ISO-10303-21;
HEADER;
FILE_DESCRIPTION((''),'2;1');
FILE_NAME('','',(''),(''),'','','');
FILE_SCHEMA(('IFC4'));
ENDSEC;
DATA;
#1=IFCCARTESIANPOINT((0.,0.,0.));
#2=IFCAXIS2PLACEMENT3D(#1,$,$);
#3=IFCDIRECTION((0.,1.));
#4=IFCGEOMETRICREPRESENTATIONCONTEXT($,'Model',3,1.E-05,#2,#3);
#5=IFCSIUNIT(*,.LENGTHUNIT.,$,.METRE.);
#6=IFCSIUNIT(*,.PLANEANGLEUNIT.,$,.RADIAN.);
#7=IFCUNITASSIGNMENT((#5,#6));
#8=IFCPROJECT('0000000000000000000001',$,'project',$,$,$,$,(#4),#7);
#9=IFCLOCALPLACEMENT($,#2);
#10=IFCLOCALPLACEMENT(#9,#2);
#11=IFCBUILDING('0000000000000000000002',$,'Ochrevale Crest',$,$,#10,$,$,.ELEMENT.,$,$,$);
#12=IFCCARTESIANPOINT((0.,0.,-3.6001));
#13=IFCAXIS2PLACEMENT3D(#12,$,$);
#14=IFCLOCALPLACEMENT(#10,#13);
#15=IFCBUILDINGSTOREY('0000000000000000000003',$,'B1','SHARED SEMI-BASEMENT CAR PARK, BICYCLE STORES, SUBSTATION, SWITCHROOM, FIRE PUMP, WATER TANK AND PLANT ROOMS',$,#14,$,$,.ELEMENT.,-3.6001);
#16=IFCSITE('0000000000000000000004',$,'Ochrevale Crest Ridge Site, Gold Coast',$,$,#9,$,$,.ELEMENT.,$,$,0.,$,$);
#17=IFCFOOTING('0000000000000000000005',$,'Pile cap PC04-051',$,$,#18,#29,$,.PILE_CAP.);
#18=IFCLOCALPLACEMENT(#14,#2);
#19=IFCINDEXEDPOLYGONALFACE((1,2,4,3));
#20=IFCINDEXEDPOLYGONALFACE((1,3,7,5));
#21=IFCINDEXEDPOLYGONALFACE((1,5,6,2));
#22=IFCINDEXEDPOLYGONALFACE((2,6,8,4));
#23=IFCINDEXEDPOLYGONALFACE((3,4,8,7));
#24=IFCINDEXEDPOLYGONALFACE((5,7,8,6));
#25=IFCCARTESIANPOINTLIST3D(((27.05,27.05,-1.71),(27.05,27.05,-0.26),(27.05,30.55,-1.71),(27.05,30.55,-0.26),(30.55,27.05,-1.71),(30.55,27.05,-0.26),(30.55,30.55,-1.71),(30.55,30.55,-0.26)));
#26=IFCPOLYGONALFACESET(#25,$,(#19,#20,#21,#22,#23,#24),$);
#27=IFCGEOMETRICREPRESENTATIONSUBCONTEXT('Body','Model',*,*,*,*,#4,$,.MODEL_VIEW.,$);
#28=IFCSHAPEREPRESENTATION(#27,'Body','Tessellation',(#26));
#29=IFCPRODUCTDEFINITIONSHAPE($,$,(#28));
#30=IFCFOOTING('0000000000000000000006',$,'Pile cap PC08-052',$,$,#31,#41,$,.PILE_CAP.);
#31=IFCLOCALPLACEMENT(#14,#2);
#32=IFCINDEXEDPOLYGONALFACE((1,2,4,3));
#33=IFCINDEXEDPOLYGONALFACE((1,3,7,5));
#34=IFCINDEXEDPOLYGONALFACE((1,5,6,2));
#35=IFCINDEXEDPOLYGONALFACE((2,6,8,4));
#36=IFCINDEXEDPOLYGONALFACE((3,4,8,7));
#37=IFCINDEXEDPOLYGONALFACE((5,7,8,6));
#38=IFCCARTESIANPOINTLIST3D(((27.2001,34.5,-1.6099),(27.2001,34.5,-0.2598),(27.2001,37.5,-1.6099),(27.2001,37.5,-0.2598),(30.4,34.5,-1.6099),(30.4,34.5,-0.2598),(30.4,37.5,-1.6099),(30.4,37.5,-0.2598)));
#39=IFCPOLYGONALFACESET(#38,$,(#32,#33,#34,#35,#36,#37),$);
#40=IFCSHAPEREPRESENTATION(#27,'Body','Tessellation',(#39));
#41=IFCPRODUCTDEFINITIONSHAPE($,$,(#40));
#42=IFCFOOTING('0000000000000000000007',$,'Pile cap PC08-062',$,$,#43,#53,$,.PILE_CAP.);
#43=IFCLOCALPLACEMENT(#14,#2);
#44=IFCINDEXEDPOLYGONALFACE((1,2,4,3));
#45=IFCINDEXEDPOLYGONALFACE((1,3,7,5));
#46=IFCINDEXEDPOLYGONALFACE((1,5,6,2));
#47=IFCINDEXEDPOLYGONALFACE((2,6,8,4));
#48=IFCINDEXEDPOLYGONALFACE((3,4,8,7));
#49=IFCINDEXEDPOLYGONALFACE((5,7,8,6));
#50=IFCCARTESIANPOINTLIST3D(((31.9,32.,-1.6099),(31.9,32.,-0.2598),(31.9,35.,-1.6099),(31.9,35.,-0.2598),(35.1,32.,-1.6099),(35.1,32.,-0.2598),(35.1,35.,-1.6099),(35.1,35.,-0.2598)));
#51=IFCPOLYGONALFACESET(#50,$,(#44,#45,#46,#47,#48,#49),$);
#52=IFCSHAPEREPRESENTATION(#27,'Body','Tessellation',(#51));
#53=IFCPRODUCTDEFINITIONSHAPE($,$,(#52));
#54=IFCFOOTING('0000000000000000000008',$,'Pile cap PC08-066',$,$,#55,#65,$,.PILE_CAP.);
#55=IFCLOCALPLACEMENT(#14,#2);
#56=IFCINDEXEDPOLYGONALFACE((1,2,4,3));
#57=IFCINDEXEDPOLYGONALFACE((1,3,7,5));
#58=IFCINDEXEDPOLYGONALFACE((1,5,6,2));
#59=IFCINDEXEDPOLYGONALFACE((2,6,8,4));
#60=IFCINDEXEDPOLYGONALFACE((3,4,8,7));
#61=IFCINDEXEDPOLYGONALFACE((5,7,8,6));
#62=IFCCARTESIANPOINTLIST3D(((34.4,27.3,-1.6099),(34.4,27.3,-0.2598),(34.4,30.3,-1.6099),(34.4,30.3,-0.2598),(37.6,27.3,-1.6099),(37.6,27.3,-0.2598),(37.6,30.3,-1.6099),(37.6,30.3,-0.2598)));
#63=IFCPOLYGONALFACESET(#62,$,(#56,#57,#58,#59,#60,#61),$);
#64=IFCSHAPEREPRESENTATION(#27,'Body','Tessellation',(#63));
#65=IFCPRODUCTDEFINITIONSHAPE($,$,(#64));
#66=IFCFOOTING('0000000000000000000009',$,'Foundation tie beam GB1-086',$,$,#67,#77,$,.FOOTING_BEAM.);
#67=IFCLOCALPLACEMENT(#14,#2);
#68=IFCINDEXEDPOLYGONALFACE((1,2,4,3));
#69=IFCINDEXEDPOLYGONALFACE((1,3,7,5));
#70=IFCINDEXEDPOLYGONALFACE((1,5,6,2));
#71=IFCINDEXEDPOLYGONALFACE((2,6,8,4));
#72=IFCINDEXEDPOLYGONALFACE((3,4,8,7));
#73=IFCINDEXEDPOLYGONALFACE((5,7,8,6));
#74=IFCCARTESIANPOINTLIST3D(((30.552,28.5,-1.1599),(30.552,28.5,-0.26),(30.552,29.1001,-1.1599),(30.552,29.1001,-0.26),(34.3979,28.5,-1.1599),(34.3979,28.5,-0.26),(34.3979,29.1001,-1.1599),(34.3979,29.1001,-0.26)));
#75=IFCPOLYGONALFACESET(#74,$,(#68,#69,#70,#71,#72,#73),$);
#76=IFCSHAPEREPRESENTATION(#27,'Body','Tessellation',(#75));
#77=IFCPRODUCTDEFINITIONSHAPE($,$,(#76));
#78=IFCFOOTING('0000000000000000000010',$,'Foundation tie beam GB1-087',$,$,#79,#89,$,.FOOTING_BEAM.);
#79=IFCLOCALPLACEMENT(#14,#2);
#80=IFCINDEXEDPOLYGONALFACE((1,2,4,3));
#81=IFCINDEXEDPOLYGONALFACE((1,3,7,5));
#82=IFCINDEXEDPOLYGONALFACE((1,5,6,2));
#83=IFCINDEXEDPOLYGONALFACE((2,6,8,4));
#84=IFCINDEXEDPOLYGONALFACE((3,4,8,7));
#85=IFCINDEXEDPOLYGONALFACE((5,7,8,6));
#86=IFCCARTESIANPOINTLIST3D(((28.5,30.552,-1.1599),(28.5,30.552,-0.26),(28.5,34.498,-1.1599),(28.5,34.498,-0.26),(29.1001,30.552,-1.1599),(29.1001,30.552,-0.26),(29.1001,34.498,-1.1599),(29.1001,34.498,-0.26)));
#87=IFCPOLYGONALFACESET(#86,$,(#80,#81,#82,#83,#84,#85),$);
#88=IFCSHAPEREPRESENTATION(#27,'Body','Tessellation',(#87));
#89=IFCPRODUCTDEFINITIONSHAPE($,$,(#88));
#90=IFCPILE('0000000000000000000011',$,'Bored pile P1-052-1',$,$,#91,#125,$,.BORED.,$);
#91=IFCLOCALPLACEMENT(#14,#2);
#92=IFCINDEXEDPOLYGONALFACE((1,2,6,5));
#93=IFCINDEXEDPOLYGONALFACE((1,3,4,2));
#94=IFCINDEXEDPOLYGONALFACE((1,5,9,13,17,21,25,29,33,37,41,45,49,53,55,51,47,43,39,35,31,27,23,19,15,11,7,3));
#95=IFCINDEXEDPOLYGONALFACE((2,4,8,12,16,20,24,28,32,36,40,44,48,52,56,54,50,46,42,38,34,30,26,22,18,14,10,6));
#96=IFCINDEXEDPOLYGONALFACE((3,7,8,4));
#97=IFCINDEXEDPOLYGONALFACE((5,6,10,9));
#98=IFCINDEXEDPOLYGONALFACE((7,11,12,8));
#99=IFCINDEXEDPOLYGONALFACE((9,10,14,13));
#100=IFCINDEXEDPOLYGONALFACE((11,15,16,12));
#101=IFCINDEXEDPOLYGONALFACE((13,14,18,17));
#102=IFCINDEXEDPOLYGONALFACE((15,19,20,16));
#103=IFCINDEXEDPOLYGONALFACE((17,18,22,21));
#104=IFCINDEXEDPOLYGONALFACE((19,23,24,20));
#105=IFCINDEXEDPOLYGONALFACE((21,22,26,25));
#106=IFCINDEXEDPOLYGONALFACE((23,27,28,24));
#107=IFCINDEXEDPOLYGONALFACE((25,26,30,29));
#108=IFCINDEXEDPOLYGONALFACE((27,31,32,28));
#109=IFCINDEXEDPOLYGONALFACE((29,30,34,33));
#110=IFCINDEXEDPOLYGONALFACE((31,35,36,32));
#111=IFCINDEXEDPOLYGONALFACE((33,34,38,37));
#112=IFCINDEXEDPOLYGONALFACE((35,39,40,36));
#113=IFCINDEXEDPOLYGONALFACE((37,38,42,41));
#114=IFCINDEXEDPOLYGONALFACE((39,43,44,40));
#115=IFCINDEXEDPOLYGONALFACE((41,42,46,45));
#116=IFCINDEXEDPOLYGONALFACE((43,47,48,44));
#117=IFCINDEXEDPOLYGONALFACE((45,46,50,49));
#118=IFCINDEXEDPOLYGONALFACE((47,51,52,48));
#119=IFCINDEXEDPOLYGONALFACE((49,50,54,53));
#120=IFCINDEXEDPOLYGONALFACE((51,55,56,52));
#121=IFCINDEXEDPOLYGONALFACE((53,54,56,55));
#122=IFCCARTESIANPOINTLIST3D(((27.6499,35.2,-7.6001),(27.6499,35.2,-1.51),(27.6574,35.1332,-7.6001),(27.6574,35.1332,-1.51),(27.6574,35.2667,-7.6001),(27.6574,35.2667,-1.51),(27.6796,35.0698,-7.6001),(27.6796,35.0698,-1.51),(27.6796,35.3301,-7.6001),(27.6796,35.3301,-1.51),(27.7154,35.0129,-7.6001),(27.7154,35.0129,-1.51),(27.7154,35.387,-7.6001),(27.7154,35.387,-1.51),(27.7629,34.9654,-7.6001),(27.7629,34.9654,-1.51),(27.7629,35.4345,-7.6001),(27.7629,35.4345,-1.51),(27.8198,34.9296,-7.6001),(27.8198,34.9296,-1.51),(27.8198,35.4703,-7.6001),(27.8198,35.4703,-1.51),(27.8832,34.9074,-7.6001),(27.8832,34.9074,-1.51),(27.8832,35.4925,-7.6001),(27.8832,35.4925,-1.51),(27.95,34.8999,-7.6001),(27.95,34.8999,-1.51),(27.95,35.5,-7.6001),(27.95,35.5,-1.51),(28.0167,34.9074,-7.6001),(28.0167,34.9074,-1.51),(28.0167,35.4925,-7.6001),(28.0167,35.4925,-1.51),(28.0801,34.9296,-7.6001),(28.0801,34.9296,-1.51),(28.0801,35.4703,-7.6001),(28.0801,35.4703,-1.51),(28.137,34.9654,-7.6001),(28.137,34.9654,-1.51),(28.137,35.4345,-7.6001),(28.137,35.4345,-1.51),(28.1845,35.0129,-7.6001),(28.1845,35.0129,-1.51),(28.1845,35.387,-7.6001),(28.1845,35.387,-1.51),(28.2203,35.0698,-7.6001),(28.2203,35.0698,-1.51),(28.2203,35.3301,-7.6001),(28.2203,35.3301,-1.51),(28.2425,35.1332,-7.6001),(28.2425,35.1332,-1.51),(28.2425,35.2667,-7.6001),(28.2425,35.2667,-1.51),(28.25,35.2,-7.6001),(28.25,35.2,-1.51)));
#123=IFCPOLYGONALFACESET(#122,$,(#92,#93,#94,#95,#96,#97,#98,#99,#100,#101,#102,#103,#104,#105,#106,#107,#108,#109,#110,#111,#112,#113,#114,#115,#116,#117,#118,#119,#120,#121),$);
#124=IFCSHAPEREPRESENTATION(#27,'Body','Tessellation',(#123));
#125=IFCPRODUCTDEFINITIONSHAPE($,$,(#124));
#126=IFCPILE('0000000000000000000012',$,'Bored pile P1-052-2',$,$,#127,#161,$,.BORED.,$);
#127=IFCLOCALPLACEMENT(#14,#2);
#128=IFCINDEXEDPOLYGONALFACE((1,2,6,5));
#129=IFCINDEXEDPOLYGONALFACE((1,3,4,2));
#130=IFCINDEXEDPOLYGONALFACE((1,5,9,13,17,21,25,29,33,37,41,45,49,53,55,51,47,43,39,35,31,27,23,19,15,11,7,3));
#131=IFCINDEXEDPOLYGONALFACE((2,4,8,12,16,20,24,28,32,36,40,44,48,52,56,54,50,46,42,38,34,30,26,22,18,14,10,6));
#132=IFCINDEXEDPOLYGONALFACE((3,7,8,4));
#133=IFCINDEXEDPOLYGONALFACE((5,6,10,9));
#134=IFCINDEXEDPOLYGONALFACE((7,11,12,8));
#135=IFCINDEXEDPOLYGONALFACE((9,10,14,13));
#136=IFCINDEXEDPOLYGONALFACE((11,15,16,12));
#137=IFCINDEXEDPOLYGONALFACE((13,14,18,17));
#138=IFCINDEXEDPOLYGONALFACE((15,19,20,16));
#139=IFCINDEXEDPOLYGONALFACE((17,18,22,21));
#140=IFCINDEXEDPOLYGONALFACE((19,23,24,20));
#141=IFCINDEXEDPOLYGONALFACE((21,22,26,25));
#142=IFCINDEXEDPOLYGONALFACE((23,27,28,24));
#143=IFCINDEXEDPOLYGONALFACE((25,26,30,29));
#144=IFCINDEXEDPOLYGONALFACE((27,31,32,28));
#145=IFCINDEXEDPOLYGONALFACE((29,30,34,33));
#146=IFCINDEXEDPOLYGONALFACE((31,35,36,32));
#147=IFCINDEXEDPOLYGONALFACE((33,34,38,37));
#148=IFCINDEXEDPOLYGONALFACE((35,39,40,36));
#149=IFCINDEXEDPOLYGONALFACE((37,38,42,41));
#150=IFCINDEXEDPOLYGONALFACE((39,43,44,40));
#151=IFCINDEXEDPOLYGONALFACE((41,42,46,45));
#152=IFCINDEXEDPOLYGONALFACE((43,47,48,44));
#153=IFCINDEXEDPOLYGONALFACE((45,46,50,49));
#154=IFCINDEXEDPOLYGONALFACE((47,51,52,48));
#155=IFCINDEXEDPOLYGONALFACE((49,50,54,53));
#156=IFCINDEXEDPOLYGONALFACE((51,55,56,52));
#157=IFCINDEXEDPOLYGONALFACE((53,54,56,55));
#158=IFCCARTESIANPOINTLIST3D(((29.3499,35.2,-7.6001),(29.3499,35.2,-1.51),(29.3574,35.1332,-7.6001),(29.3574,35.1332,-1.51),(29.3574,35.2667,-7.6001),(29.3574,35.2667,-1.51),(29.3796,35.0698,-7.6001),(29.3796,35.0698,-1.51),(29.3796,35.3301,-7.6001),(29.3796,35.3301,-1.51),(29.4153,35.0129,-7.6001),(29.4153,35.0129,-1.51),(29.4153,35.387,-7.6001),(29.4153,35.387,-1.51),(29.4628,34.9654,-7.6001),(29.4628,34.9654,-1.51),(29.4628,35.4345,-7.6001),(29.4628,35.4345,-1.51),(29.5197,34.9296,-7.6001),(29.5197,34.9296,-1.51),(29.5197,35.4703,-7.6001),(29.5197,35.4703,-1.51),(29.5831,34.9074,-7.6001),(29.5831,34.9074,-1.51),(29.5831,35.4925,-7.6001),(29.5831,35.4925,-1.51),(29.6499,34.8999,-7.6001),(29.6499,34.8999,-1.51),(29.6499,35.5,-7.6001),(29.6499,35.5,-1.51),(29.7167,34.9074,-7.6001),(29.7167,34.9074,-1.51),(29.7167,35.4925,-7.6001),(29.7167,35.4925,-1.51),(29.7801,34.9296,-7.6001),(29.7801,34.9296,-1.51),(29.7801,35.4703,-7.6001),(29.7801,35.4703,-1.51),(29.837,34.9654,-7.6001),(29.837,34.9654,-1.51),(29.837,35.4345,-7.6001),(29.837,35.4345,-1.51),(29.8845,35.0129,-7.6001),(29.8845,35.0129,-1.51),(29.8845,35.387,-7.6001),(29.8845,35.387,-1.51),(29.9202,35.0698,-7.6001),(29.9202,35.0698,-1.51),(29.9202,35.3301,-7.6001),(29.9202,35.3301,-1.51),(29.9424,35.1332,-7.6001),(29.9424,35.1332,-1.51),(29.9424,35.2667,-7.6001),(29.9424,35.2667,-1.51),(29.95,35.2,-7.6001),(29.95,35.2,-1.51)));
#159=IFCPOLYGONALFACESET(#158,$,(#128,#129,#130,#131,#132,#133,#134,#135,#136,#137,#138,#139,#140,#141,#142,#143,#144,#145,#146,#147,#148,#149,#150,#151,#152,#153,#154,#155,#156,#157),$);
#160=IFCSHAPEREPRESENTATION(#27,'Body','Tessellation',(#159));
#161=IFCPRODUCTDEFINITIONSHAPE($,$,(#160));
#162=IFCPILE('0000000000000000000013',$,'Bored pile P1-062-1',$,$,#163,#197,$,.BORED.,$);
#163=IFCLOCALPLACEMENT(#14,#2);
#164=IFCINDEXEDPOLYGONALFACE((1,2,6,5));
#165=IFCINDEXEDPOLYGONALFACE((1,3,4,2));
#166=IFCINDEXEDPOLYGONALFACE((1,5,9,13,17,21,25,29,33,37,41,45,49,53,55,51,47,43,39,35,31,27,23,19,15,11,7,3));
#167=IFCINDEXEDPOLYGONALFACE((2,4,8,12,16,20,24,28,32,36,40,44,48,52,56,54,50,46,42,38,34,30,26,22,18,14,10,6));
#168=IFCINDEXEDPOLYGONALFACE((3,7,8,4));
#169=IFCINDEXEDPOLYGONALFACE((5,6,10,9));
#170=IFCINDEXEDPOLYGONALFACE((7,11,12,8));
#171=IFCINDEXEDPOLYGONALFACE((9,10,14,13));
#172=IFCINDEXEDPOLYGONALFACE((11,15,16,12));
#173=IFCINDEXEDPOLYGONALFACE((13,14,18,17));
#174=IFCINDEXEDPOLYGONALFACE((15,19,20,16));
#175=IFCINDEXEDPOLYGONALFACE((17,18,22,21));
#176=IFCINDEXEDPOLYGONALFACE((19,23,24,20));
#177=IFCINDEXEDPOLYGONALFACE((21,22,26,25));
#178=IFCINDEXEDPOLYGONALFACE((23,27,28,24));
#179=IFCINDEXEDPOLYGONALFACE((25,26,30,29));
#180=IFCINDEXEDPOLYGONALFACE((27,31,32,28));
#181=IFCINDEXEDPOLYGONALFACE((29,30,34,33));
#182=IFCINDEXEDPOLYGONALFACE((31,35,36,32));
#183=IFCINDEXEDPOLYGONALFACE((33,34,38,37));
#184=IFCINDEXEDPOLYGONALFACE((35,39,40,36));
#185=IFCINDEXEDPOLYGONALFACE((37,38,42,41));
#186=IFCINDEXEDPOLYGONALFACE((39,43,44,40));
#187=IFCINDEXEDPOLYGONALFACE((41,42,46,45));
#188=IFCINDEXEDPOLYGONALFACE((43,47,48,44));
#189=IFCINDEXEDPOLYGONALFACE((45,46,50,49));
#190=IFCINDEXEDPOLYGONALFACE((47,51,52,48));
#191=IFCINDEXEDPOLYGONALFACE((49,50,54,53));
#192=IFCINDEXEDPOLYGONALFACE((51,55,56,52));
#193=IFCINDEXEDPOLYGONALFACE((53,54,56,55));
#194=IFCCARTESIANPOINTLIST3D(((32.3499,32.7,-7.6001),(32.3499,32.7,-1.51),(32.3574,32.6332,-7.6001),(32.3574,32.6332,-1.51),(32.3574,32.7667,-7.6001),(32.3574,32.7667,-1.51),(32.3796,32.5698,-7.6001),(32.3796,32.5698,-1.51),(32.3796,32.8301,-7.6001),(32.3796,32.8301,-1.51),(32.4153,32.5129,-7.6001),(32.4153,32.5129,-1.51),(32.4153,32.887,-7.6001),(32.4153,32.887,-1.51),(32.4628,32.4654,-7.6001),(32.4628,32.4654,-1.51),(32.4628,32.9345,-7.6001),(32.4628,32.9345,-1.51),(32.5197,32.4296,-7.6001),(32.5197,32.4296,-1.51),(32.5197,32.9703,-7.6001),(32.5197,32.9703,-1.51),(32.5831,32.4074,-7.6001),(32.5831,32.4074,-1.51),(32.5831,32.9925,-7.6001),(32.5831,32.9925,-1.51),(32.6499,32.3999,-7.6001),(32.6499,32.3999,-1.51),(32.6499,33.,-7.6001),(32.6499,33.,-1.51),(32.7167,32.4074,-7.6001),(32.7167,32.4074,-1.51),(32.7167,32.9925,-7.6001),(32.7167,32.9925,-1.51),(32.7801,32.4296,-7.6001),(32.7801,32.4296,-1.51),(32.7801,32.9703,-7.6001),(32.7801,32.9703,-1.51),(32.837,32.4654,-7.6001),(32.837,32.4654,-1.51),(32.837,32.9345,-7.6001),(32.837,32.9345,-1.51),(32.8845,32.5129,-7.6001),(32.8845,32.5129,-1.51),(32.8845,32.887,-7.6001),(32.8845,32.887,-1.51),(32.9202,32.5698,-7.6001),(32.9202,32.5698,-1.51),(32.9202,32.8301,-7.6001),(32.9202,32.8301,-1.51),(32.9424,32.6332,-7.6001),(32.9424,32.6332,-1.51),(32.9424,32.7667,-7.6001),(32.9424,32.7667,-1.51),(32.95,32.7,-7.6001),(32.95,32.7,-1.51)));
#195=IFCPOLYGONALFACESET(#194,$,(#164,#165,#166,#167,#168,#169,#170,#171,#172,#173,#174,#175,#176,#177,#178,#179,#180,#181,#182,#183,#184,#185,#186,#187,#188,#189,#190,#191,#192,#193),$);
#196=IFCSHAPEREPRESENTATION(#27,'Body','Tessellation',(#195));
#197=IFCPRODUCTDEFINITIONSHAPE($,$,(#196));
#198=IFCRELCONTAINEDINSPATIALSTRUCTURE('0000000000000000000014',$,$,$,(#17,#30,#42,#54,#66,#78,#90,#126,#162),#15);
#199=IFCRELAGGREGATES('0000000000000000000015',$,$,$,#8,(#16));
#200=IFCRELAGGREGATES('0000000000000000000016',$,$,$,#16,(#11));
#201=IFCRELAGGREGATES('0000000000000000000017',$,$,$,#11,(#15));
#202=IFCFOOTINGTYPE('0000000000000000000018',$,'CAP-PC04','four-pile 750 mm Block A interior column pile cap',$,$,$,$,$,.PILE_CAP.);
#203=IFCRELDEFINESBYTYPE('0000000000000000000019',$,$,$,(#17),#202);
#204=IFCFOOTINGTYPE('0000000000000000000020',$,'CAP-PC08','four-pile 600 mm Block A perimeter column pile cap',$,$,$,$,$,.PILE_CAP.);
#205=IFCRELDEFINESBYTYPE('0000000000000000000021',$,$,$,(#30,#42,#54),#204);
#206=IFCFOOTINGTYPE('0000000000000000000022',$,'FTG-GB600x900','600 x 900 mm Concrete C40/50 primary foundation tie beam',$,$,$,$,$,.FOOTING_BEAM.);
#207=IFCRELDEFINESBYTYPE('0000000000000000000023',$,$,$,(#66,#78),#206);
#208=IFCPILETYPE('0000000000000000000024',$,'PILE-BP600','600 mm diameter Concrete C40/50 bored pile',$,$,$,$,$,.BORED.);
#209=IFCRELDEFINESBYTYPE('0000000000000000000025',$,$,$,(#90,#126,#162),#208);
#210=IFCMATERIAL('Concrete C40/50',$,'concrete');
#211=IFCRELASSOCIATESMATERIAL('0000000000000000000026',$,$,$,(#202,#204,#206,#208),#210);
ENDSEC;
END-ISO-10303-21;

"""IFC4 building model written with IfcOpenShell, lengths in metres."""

from ifc_helpers import new_model, si_unit, direction, frame, origin, origin_2d, place, context, subcontext, project, spatial, rectangle, circle, extrude, material, material_profile, profile_set, type_object, element, save


model = new_model("IFC4")

# Units and contexts
model_context = context("Model", 3, precision=1e-05, world=origin(), true_north=direction((0.0, 1.0)))
body_context = subcontext(model_context, "Body", "Model", "MODEL_VIEW")
ifc_project = project(units=[si_unit("LENGTHUNIT", "METRE"), si_unit("PLANEANGLEUNIT", "RADIAN")], contexts=[model_context])

# Site, building, storey
site_placement = place(None, origin())
site = spatial("IfcSite", under=ifc_project, at=site_placement, Name="Ochrevale Crest Ridge Site, Gold Coast", CompositionType="ELEMENT", RefElevation=0.0)
building_placement = place(site_placement, origin())
building = spatial("IfcBuilding", under=site, at=building_placement, Name="Ochrevale Crest", CompositionType="ELEMENT")
storey_placement = place(building_placement, frame((0.0, 0.0, -3.6001)))
storey = spatial("IfcBuildingStorey", under=building, at=storey_placement, Name="B1", Description="SHARED SEMI-BASEMENT CAR PARK, BICYCLE STORES, SUBSTATION, SWITCHROOM, FIRE PUMP, WATER TANK AND PLANT ROOMS", CompositionType="ELEMENT", Elevation=-3.6001)

# Footings
ifc_material_1 = material(Name="Concrete C40/50", Category="concrete")
footing_type_1 = type_object("IfcFootingType", Name="CAP-PC04", Description="four-pile 750 mm Block A interior column pile cap", PredefinedType="PILE_CAP", material=ifc_material_1)
footing_1_placement = place(storey_placement, frame((28.8, 28.8, -1.71), z_axis=(0.0, 0.0, 1.0), x_axis=(1.0, 0.0, 0.0)))
element("IfcFooting", 1, at=footing_1_placement, inside=storey, type_object=footing_type_1, Name="Pile cap PC04-051", PredefinedType="PILE_CAP", context=body_context, shape_type="SweptSolid", body=[
    extrude(rectangle(XDim=3.5, YDim=3.5, at=origin_2d()), origin(), (0.0, 0.0, 1.0), 1.45),
])
footing_type_2 = type_object("IfcFootingType", Name="CAP-PC08", Description="four-pile 600 mm Block A perimeter column pile cap", PredefinedType="PILE_CAP", material=ifc_material_1)
for number, where, z_axis, x_axis, name in (
    (2, (28.8, 36.0, -1.6099), (0.0, 0.0, 1.0), (1.0, 0.0, 0.0), "Pile cap PC08-052"),
    (3, (33.5, 33.5, -1.6099), (0.0, 0.0, 1.0), (1.0, 0.0, 0.0), "Pile cap PC08-062"),
    (4, (36.0, 28.8, -1.6099), (0.0, 0.0, 1.0), (1.0, 0.0, 0.0), "Pile cap PC08-066"),
):
    element("IfcFooting", number, at=place(storey_placement, frame(where, z_axis=z_axis, x_axis=x_axis)), inside=storey, type_object=footing_type_2, Name=name, PredefinedType="PILE_CAP", context=body_context, shape_type="SweptSolid", body=[
        extrude(rectangle(XDim=3.2, YDim=3.0, at=origin_2d()), origin(), (0.0, 0.0, 1.0), 1.3501),
    ])
ifc_material_profile_1 = material_profile(ifc_material_1, rectangle(XDim=0.6001, YDim=0.8999, at=origin_2d()), Name="GB 600x900")
ifc_profile_set_1 = profile_set([ifc_material_profile_1], Name="Concrete C40/50")
footing_type_3 = type_object("IfcFootingType", Name="FTG-GB600x900", Description="600 x 900 mm Concrete C40/50 primary foundation tie beam", PredefinedType="FOOTING_BEAM", material=ifc_profile_set_1)
footing_2_placement = place(storey_placement, frame((30.552, 28.8, -0.71), z_axis=(1.0, 0.0, 0.0), x_axis=(0.0, 1.0, 0.0)))
element("IfcFooting", 5, at=footing_2_placement, inside=storey, type_object=footing_type_3, Name="Foundation tie beam GB1-086", PredefinedType="FOOTING_BEAM", context=body_context, shape_type="SweptSolid", body=[
    extrude(rectangle(XDim=0.6001, YDim=0.8999, at=origin_2d()), origin(), (0.0, 0.0, 1.0), 3.8459),
])
footing_3_placement = place(storey_placement, frame((28.8, 30.552, -0.71), z_axis=(0.0, 1.0, 0.0), x_axis=(-1.0, 0.0, 0.0)))
element("IfcFooting", 6, at=footing_3_placement, inside=storey, type_object=footing_type_3, Name="Foundation tie beam GB1-087", PredefinedType="FOOTING_BEAM", context=body_context, shape_type="SweptSolid", body=[
    extrude(rectangle(XDim=0.6001, YDim=0.8999, at=origin_2d()), origin(), (0.0, 0.0, 1.0), 3.946),
])

# Piles
ifc_material_profile_2 = material_profile(ifc_material_1, circle(Radius=0.3, at=origin_2d()), Name="BORED PILE 600")
ifc_profile_set_2 = profile_set([ifc_material_profile_2], Name="Concrete C40/50")
pile_type_1 = type_object("IfcPileType", Name="PILE-BP600", Description="600 mm diameter Concrete C40/50 bored pile", PredefinedType="BORED", material=ifc_profile_set_2)
for number, where, z_axis, x_axis, name in (
    (7, (27.95, 35.2, -1.51), (0.0, 0.0, -1.0), (1.0, 0.0, 0.0), "Bored pile P1-052-1"),
    (8, (29.6499, 35.2, -1.51), (0.0, 0.0, -1.0), (1.0, 0.0, 0.0), "Bored pile P1-052-2"),
    (9, (32.6499, 32.7, -1.51), (0.0, 0.0, -1.0), (1.0, 0.0, 0.0), "Bored pile P1-062-1"),
):
    element("IfcPile", number, at=place(storey_placement, frame(where, z_axis=z_axis, x_axis=x_axis)), inside=storey, type_object=pile_type_1, Name=name, PredefinedType="BORED", context=body_context, shape_type="SweptSolid", body=[
        extrude(circle(Radius=0.3, at=origin_2d()), origin(), (0.0, 0.0, 1.0), 6.0901),
    ])

save(model, "model.ifc")
